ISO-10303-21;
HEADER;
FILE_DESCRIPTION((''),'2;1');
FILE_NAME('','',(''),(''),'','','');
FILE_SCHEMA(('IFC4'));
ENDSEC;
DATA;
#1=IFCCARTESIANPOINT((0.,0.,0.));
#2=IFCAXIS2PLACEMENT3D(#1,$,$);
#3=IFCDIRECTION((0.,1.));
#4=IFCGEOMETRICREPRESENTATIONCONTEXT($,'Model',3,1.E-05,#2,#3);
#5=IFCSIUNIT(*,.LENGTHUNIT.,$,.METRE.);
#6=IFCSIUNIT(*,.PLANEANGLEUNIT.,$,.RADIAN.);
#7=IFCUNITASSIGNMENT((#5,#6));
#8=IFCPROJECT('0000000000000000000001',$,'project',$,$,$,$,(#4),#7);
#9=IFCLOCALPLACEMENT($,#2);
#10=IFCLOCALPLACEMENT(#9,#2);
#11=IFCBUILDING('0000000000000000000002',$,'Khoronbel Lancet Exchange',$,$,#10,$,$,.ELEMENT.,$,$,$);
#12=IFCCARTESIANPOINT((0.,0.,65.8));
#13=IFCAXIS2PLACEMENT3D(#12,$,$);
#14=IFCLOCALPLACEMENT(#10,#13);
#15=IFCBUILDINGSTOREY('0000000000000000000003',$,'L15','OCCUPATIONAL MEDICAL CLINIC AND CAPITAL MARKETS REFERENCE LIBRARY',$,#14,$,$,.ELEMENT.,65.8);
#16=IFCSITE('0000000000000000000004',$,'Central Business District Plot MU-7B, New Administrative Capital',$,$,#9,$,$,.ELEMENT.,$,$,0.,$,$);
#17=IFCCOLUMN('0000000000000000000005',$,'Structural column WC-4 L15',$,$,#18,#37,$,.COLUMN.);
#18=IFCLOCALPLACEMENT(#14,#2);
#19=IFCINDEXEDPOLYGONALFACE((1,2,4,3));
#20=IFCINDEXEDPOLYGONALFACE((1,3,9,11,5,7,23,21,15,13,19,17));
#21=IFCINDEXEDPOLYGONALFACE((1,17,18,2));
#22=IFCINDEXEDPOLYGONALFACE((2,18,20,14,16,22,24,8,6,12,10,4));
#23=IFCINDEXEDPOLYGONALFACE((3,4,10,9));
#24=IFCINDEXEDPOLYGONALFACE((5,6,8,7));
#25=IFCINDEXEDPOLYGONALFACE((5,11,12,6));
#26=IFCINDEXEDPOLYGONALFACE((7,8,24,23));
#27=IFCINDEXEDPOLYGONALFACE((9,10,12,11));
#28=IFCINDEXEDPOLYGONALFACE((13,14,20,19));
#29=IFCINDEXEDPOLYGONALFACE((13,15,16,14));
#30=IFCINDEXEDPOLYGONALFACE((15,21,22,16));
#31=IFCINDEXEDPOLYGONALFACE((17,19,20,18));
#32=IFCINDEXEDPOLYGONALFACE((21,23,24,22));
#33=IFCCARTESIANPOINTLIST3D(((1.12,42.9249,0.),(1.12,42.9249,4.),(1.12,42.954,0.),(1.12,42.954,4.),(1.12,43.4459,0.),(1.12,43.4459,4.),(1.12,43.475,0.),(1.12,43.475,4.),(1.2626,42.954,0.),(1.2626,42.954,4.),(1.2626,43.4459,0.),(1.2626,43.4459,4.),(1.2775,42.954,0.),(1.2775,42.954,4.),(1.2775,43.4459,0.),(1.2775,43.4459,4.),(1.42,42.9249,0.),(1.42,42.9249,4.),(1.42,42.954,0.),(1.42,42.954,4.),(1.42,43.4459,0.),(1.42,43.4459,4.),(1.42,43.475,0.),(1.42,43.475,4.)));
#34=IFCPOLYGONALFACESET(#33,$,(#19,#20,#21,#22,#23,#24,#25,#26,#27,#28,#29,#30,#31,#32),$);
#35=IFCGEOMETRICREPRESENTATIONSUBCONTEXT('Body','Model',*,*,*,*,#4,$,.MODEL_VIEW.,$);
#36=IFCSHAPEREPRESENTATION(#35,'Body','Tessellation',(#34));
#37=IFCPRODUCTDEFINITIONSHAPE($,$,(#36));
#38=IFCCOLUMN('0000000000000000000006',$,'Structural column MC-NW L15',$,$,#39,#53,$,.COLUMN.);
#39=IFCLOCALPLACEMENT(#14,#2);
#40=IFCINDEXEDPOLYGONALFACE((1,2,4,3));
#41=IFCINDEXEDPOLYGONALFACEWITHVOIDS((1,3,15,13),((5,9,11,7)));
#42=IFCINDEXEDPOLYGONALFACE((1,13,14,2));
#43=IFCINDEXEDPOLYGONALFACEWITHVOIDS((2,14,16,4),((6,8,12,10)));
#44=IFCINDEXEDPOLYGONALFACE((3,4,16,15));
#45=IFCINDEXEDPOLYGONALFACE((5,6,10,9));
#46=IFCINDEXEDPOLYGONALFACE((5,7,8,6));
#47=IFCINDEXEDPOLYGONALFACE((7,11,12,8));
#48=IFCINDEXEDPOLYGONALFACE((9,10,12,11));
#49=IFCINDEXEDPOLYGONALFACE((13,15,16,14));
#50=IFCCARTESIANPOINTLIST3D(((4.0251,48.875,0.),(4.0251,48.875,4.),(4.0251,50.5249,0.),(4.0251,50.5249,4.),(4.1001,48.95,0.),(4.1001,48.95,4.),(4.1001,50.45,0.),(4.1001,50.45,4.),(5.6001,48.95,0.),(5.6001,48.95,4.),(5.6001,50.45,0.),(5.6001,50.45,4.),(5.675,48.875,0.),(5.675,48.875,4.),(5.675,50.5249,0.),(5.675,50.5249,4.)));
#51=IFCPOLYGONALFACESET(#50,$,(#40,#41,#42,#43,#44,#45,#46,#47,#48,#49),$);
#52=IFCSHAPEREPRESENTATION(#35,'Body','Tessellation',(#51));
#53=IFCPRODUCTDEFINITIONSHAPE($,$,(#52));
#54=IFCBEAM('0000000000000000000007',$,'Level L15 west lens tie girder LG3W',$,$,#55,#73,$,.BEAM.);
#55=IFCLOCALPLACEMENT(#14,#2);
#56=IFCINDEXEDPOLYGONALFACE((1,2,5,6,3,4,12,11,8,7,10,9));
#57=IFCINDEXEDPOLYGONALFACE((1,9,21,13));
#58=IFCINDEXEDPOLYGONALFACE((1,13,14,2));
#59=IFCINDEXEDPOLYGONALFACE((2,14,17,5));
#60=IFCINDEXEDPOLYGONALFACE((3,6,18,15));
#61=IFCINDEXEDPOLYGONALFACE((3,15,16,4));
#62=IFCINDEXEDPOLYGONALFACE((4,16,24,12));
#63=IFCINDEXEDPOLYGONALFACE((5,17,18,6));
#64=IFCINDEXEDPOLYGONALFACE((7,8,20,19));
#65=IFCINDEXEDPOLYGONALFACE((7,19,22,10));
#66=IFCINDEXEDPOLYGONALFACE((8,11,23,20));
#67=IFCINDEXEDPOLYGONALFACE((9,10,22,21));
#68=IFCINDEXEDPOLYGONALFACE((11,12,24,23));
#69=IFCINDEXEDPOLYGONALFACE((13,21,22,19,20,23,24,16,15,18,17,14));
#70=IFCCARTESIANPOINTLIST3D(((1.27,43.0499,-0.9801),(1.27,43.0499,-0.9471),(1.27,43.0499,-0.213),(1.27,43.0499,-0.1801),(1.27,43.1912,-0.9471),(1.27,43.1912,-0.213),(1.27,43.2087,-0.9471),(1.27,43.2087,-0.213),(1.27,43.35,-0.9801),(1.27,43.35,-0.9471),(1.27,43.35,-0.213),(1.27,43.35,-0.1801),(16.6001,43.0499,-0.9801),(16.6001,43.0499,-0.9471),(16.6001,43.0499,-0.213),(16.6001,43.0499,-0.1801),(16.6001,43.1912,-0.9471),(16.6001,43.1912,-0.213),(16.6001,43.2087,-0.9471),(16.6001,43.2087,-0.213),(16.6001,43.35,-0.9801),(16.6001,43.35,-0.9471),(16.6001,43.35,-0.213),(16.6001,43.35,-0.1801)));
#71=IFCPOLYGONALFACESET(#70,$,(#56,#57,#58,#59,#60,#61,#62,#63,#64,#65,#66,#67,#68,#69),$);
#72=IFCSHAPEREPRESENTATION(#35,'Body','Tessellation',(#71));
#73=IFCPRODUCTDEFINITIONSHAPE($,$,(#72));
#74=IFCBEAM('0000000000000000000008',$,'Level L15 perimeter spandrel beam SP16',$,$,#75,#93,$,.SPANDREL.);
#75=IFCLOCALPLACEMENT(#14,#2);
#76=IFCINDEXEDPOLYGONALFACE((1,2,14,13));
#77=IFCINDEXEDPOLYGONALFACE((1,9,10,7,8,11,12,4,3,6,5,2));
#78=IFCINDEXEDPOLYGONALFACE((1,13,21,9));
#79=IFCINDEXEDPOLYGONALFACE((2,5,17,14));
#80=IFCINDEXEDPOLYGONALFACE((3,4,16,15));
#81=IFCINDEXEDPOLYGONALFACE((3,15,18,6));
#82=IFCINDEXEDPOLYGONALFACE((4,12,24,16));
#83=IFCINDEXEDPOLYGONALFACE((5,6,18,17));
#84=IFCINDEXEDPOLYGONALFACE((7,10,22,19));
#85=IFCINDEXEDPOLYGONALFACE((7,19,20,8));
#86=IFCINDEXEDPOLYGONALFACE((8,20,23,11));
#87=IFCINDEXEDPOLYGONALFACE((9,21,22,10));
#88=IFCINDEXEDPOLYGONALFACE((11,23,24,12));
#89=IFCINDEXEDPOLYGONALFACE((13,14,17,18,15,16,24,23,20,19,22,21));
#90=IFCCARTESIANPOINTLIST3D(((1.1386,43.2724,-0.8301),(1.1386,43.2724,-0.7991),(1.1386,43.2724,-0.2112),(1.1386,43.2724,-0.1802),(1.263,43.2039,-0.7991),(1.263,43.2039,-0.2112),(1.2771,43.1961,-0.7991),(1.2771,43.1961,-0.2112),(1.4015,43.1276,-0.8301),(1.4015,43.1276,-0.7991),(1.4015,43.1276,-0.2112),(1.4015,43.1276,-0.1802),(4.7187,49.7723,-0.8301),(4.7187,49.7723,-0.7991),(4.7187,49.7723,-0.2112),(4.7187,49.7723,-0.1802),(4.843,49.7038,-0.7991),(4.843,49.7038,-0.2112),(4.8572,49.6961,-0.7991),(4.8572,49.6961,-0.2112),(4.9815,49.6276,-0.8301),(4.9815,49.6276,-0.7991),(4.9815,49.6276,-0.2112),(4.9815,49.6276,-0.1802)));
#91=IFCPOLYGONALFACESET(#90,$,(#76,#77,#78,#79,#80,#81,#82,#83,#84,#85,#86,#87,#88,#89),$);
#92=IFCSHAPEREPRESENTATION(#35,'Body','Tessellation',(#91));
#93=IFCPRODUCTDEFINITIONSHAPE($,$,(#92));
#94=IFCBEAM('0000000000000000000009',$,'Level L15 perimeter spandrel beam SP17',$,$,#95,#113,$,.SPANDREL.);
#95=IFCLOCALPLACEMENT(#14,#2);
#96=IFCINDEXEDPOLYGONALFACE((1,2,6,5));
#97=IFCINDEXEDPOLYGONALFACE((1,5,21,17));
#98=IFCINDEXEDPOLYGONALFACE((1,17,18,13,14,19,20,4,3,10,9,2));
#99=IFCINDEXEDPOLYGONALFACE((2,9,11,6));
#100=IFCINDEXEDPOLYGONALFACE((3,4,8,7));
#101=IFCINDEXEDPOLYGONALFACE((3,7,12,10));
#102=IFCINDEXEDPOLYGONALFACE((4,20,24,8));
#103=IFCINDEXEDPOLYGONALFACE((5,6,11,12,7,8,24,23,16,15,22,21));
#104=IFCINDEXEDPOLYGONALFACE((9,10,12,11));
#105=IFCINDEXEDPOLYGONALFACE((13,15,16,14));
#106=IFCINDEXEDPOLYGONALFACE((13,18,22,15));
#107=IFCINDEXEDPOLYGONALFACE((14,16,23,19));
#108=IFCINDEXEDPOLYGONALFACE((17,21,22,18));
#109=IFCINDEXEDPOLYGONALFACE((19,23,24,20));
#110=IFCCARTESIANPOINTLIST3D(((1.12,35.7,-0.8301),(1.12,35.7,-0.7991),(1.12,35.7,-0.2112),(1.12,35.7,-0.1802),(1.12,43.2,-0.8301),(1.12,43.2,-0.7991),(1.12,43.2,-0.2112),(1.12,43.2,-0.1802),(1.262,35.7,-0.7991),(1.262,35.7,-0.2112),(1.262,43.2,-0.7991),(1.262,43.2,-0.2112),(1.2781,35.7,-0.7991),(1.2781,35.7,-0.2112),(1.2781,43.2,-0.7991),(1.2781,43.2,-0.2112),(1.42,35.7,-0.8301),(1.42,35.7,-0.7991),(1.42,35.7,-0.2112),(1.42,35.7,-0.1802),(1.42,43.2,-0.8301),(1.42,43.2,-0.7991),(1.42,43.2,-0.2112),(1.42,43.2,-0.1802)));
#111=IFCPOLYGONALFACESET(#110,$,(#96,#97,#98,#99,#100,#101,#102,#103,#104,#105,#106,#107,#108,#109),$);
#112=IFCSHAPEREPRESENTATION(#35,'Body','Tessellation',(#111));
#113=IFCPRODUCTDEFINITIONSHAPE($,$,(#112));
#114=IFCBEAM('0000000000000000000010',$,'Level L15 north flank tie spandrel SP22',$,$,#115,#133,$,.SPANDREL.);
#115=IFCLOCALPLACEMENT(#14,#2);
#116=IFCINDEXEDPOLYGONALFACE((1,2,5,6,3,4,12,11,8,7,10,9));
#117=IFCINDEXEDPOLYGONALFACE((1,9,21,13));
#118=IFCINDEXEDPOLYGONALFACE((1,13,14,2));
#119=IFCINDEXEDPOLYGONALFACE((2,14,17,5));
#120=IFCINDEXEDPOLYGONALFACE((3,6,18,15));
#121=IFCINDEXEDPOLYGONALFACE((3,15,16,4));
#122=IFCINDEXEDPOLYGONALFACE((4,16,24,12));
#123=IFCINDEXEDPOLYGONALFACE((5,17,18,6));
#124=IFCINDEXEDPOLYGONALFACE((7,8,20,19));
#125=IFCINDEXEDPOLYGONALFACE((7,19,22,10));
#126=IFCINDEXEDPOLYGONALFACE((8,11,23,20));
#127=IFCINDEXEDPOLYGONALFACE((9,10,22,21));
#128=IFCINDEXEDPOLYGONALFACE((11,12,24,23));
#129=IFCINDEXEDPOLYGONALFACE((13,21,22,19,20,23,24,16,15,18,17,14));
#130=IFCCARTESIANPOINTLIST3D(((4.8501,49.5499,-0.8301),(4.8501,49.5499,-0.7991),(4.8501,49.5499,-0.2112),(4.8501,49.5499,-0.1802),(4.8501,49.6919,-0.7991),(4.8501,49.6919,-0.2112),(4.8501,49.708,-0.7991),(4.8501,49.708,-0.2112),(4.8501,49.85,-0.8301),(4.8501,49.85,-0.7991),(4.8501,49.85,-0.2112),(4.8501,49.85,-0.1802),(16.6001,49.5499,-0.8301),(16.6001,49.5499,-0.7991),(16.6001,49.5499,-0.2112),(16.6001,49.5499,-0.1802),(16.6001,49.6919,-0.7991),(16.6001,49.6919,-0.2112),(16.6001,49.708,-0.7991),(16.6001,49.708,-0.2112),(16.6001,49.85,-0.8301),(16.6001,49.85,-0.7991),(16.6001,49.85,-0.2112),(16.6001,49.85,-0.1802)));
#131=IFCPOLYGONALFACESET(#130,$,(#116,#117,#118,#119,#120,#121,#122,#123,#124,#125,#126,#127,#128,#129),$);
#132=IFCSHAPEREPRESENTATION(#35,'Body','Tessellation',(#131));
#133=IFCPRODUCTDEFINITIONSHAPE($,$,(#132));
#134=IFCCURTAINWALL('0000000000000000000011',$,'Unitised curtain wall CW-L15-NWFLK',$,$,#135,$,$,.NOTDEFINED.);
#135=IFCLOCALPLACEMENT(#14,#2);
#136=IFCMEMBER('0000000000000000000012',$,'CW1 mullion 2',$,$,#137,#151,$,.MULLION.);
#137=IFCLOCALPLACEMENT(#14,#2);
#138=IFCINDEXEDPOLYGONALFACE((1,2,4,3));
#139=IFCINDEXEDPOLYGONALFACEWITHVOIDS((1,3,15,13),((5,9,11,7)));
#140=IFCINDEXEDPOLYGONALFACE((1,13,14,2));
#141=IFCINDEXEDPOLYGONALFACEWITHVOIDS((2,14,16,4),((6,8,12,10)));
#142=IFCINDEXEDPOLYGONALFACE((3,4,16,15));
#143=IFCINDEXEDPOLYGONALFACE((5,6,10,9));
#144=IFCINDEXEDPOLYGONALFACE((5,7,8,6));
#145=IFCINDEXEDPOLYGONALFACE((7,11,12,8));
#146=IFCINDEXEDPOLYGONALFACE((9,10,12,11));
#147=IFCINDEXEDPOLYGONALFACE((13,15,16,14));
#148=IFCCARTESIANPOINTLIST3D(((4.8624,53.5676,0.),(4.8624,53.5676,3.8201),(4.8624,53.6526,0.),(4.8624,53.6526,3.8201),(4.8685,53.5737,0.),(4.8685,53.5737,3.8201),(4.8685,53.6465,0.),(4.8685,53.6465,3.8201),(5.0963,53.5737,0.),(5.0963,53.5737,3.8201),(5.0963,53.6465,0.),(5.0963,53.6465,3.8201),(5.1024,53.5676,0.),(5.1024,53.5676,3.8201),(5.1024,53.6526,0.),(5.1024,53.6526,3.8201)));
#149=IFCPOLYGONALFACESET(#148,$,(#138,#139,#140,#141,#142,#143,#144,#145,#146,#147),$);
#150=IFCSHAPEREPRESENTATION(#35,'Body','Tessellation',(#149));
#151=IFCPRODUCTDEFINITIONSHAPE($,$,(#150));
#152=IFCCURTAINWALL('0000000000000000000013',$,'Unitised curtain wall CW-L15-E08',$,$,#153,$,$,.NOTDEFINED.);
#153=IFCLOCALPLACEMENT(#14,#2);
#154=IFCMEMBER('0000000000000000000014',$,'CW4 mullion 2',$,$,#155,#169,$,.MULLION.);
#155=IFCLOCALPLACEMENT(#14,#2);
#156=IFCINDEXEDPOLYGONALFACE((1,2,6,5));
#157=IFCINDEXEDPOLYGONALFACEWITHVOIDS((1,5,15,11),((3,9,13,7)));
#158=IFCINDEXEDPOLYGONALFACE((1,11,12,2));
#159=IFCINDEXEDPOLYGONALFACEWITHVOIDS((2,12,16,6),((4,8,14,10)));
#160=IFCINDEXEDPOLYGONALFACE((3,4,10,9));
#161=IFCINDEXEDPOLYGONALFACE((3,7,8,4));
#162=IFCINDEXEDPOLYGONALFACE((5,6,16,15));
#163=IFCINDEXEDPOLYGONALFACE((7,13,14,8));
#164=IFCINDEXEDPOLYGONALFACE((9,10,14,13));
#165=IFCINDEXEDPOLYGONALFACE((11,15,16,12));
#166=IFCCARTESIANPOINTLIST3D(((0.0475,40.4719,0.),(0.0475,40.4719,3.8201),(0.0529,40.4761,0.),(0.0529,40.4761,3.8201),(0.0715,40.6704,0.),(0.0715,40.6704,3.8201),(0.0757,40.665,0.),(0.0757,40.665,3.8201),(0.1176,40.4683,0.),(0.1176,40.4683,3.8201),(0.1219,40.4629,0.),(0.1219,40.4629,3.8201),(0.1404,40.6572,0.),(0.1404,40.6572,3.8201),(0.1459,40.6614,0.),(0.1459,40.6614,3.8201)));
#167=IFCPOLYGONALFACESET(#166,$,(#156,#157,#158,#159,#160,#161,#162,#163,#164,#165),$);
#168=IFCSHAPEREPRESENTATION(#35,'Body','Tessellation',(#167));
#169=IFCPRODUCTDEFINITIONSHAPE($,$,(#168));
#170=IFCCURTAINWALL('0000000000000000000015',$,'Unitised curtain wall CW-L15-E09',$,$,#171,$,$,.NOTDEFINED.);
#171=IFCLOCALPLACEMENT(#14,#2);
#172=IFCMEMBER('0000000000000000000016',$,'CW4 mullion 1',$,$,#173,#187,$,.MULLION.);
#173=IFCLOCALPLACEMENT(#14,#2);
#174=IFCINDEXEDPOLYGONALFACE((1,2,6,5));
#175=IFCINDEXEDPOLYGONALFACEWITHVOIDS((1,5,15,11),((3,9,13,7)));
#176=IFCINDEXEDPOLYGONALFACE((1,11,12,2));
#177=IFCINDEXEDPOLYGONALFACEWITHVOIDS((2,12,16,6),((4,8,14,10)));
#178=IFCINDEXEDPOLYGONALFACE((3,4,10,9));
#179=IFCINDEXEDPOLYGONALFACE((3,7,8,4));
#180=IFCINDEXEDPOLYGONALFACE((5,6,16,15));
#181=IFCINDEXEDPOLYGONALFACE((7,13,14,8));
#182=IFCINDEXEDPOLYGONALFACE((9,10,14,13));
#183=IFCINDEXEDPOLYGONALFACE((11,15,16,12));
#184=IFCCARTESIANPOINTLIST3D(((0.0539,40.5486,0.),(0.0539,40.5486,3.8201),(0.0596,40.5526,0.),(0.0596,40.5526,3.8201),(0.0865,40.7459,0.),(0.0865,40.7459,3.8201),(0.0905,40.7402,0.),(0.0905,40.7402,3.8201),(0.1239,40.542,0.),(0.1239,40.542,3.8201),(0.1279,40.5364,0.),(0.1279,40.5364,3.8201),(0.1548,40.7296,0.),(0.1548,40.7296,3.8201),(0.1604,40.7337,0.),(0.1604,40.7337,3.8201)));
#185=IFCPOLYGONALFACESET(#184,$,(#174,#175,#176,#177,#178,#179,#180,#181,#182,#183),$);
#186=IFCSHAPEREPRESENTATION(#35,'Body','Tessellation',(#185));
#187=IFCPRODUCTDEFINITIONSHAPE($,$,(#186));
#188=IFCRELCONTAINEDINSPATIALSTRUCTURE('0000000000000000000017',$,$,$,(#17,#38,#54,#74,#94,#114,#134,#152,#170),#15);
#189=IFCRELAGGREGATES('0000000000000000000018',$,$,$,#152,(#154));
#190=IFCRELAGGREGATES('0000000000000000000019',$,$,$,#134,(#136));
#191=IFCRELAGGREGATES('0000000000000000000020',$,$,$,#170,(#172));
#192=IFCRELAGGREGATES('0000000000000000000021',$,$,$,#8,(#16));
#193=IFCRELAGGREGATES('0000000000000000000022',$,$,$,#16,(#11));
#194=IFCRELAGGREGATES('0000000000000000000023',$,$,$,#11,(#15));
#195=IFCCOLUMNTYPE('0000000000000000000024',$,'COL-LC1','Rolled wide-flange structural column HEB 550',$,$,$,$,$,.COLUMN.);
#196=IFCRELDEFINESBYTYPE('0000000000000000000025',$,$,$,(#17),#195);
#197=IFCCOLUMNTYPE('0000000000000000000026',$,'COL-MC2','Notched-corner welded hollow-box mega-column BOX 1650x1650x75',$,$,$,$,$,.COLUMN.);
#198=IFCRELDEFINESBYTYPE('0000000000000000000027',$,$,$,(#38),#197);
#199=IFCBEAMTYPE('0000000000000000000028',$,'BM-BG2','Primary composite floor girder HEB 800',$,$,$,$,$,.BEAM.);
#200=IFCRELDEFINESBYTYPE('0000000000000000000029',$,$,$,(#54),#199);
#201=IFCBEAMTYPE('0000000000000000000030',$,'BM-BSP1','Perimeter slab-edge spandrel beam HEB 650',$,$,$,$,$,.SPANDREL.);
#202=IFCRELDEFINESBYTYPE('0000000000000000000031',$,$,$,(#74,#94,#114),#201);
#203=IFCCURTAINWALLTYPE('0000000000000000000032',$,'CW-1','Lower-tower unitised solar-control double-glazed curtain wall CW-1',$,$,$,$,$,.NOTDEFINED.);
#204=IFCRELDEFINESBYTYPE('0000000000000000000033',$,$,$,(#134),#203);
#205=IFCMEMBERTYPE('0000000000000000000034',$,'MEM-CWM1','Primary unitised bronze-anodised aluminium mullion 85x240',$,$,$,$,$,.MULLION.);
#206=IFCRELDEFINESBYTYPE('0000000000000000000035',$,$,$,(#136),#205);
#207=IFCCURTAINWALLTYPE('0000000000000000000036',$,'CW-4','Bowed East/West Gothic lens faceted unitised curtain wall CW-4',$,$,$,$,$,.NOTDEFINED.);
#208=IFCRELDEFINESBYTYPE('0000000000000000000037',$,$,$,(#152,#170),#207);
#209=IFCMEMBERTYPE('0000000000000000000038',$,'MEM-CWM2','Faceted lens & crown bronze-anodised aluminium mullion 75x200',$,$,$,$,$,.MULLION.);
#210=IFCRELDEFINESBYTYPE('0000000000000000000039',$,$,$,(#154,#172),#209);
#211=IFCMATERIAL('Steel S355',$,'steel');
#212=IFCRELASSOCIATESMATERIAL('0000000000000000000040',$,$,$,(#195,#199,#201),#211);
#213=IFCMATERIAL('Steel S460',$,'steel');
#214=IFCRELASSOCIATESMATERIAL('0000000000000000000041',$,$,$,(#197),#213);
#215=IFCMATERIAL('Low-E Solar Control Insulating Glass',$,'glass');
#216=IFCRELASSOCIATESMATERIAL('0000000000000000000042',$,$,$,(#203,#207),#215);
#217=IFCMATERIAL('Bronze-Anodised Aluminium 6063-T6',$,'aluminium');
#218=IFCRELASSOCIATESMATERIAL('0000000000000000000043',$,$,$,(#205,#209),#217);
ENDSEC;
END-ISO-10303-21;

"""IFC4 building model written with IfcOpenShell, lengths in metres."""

from ifc_helpers import new_model, si_unit, direction, frame, origin, origin_2d, place, context, subcontext, project, spatial, hollow_rectangle, i_section, extrude, material, material_profile, profile_set, type_object, element, aggregate, save


model = new_model("IFC4")

# Units and contexts
model_context = context("Model", 3, precision=1e-05, world=origin(), true_north=direction((0.0, 1.0)))
body_context = subcontext(model_context, "Body", "Model", "MODEL_VIEW")
ifc_project = project(units=[si_unit("LENGTHUNIT", "METRE"), si_unit("PLANEANGLEUNIT", "RADIAN")], contexts=[model_context])

# Site, building, storey
site_placement = place(None, origin())
site = spatial("IfcSite", under=ifc_project, at=site_placement, Name="Central Business District Plot MU-7B, New Administrative Capital", CompositionType="ELEMENT", RefElevation=0.0)
building_placement = place(site_placement, origin())
building = spatial("IfcBuilding", under=site, at=building_placement, Name="Khoronbel Lancet Exchange", CompositionType="ELEMENT")
storey_placement = place(building_placement, frame((0.0, 0.0, 65.8)))
storey = spatial("IfcBuildingStorey", under=building, at=storey_placement, Name="L15", Description="OCCUPATIONAL MEDICAL CLINIC AND CAPITAL MARKETS REFERENCE LIBRARY", CompositionType="ELEMENT", Elevation=65.8)

# Columns
ifc_material_1 = material(Name="Steel S355", Category="steel")
ifc_material_profile_1 = material_profile(ifc_material_1, i_section(OverallWidth=0.3, OverallDepth=0.55, WebThickness=0.0149, FlangeThickness=0.0291, at=origin_2d()), Name="HEB 550")
ifc_profile_set_1 = profile_set([ifc_material_profile_1], Name="Steel S355")
column_type_1 = type_object("IfcColumnType", Name="COL-LC1", Description="Rolled wide-flange structural column HEB 550", PredefinedType="COLUMN", material=ifc_profile_set_1)
column_1_placement = place(storey_placement, frame((1.27, 43.2, 0.0), z_axis=(0.0, 0.0, 1.0), x_axis=(1.0, 0.0, 0.0)))
element("IfcColumn", 1, at=column_1_placement, inside=storey, type_object=column_type_1, Name="Structural column WC-4 L15", PredefinedType="COLUMN", context=body_context, shape_type="SweptSolid", body=[
    extrude(i_section(OverallWidth=0.3, OverallDepth=0.55, WebThickness=0.0149, FlangeThickness=0.0291, at=origin_2d()), origin(), (0.0, 0.0, 1.0), 4.0),
])
ifc_material_2 = material(Name="Steel S460", Category="steel")
ifc_material_profile_2 = material_profile(ifc_material_2, hollow_rectangle(XDim=1.6499, YDim=1.6499, WallThickness=0.075, at=origin_2d()), Name="BOX 1650x1650x75")
ifc_profile_set_2 = profile_set([ifc_material_profile_2], Name="Steel S460")
column_type_2 = type_object("IfcColumnType", Name="COL-MC2", Description="Notched-corner welded hollow-box mega-column BOX 1650x1650x75", PredefinedType="COLUMN", material=ifc_profile_set_2)
column_2_placement = place(storey_placement, frame((4.8501, 49.7, 0.0), z_axis=(0.0, 0.0, 1.0), x_axis=(1.0, 0.0, 0.0)))
element("IfcColumn", 2, at=column_2_placement, inside=storey, type_object=column_type_2, Name="Structural column MC-NW L15", PredefinedType="COLUMN", context=body_context, shape_type="SweptSolid", body=[
    extrude(hollow_rectangle(XDim=1.6499, YDim=1.6499, WallThickness=0.075, at=origin_2d()), origin(), (0.0, 0.0, 1.0), 4.0),
])

# Beams
ifc_material_profile_3 = material_profile(ifc_material_1, i_section(OverallWidth=0.3, OverallDepth=0.8, WebThickness=0.0176, FlangeThickness=0.033, at=origin_2d()), Name="HEB 800")
ifc_profile_set_3 = profile_set([ifc_material_profile_3], Name="Steel S355")
beam_type_1 = type_object("IfcBeamType", Name="BM-BG2", Description="Primary composite floor girder HEB 800", PredefinedType="BEAM", material=ifc_profile_set_3)
beam_1_placement = place(storey_placement, frame((1.27, 43.2, -0.5801), z_axis=(1.0, 0.0, 0.0), x_axis=(0.0, 1.0, 0.0)))
element("IfcBeam", 3, at=beam_1_placement, inside=storey, type_object=beam_type_1, Name="Level L15 west lens tie girder LG3W", PredefinedType="BEAM", context=body_context, shape_type="SweptSolid", body=[
    extrude(i_section(OverallWidth=0.3, OverallDepth=0.8, WebThickness=0.0176, FlangeThickness=0.033, at=origin_2d()), origin(), (0.0, 0.0, 1.0), 15.3301),
])
ifc_material_profile_4 = material_profile(ifc_material_1, i_section(OverallWidth=0.3, OverallDepth=0.6499, WebThickness=0.0161, FlangeThickness=0.031, at=origin_2d()), Name="HEB 650")
ifc_profile_set_4 = profile_set([ifc_material_profile_4], Name="Steel S355")
beam_type_2 = type_object("IfcBeamType", Name="BM-BSP1", Description="Perimeter slab-edge spandrel beam HEB 650", PredefinedType="SPANDREL", material=ifc_profile_set_4)
beam_2_placement = place(storey_placement, frame((4.8501, 49.7, -0.5051), z_axis=(-0.482444, -0.875927, 0.0), x_axis=(0.875927, -0.482444, 0.0)))
element("IfcBeam", 4, at=beam_2_placement, inside=storey, type_object=beam_type_2, Name="Level L15 perimeter spandrel beam SP16", PredefinedType="SPANDREL", context=body_context, shape_type="SweptSolid", body=[
    extrude(i_section(OverallWidth=0.3, OverallDepth=0.6499, WebThickness=0.0161, FlangeThickness=0.031, at=origin_2d()), origin(), (0.0, 0.0, 1.0), 7.4207),
])
beam_3_placement = place(storey_placement, frame((1.27, 43.2, -0.5051), z_axis=(0.0, -1.0, 0.0), x_axis=(1.0, 0.0, 0.0)))
element("IfcBeam", 5, at=beam_3_placement, inside=storey, type_object=beam_type_2, Name="Level L15 perimeter spandrel beam SP17", PredefinedType="SPANDREL", context=body_context, shape_type="SweptSolid", body=[
    extrude(i_section(OverallWidth=0.3, OverallDepth=0.6499, WebThickness=0.0161, FlangeThickness=0.031, at=origin_2d()), origin(), (0.0, 0.0, 1.0), 7.5),
])
beam_4_placement = place(storey_placement, frame((4.8501, 49.7, -0.5051), z_axis=(1.0, 0.0, 0.0), x_axis=(0.0, 1.0, 0.0)))
element("IfcBeam", 6, at=beam_4_placement, inside=storey, type_object=beam_type_2, Name="Level L15 north flank tie spandrel SP22", PredefinedType="SPANDREL", context=body_context, shape_type="SweptSolid", body=[
    extrude(i_section(OverallWidth=0.3, OverallDepth=0.6499, WebThickness=0.0161, FlangeThickness=0.031, at=origin_2d()), origin(), (0.0, 0.0, 1.0), 11.75),
])

# Curtain walls, members
ifc_material_3 = material(Name="Low-E Solar Control Insulating Glass", Category="glass")
curtain_wall_type_1 = type_object("IfcCurtainWallType", Name="CW-1", Description="Lower-tower unitised solar-control double-glazed curtain wall CW-1", PredefinedType="NOTDEFINED", material=ifc_material_3)
curtain_wall_1_placement = place(storey_placement, origin())
curtain_wall_1 = element("IfcCurtainWall", 7, at=curtain_wall_1_placement, inside=storey, type_object=curtain_wall_type_1, Name="Unitised curtain wall CW-L15-NWFLK", PredefinedType="NOTDEFINED")
ifc_material_4 = material(Name="Bronze-Anodised Aluminium 6063-T6", Category="aluminium")
ifc_material_profile_5 = material_profile(ifc_material_4, hollow_rectangle(XDim=0.085, YDim=0.24, WallThickness=0.0061, at=origin_2d()), Name="ALU MULLION 85x240")
ifc_profile_set_5 = profile_set([ifc_material_profile_5], Name="Bronze-Anodised Aluminium 6063-T6")
member_type_1 = type_object("IfcMemberType", Name="MEM-CWM1", Description="Primary unitised bronze-anodised aluminium mullion 85x240", PredefinedType="MULLION", material=ifc_profile_set_5)
member_1_placement = place(storey_placement, frame((4.9824, 53.6101, 0.0), z_axis=(0.0, 0.0, 1.0), x_axis=(0.0, -1.0, 0.0)))
member_1 = element("IfcMember", 8, at=member_1_placement, type_object=member_type_1, Name="CW1 mullion 2", PredefinedType="MULLION", context=body_context, shape_type="SweptSolid", body=[
    extrude(hollow_rectangle(XDim=0.085, YDim=0.24, WallThickness=0.0061, at=origin_2d()), origin(), (0.0, 0.0, 1.0), 3.8201),
])
curtain_wall_type_2 = type_object("IfcCurtainWallType", Name="CW-4", Description="Bowed East/West Gothic lens faceted unitised curtain wall CW-4", PredefinedType="NOTDEFINED", material=ifc_material_3)
curtain_wall_2_placement = place(storey_placement, origin())
curtain_wall_2 = element("IfcCurtainWall", 9, at=curtain_wall_2_placement, inside=storey, type_object=curtain_wall_type_2, Name="Unitised curtain wall CW-L15-E08", PredefinedType="NOTDEFINED")
ifc_material_profile_6 = material_profile(ifc_material_4, hollow_rectangle(XDim=0.075, YDim=0.2, WallThickness=0.0049, at=origin_2d()), Name="ALU MULLION 75x200")
ifc_profile_set_6 = profile_set([ifc_material_profile_6], Name="Bronze-Anodised Aluminium 6063-T6")
member_type_2 = type_object("IfcMemberType", Name="MEM-CWM2", Description="Faceted lens & crown bronze-anodised aluminium mullion 75x200", PredefinedType="MULLION", material=ifc_profile_set_6)
member_2_placement = place(storey_placement, frame((0.0967, 40.5667, 0.0), z_axis=(0.0, 0.0, 1.0), x_axis=(-0.992797, 0.119806, 0.0)))
member_2 = element("IfcMember", 10, at=member_2_placement, type_object=member_type_2, Name="CW4 mullion 2", PredefinedType="MULLION", context=body_context, shape_type="SweptSolid", body=[
    extrude(hollow_rectangle(XDim=0.075, YDim=0.2, WallThickness=0.0049, at=origin_2d()), origin(), (0.0, 0.0, 1.0), 3.8201),
])

# Curtain wall, member
curtain_wall_3_placement = place(storey_placement, origin())
curtain_wall_3 = element("IfcCurtainWall", 11, at=curtain_wall_3_placement, inside=storey, type_object=curtain_wall_type_2, Name="Unitised curtain wall CW-L15-E09", PredefinedType="NOTDEFINED")
member_3_placement = place(storey_placement, frame((0.1072, 40.6411, 0.0), z_axis=(0.0, 0.0, 1.0), x_axis=(-0.986682, 0.162663, 0.0)))
member_3 = element("IfcMember", 12, at=member_3_placement, type_object=member_type_2, Name="CW4 mullion 1", PredefinedType="MULLION", context=body_context, shape_type="SweptSolid", body=[
    extrude(hollow_rectangle(XDim=0.075, YDim=0.2, WallThickness=0.0049, at=origin_2d()), origin(), (0.0, 0.0, 1.0), 3.8201),
])

aggregate(curtain_wall_2, [member_2])
aggregate(curtain_wall_1, [member_1])
aggregate(curtain_wall_3, [member_3])

save(model, "model.ifc")
